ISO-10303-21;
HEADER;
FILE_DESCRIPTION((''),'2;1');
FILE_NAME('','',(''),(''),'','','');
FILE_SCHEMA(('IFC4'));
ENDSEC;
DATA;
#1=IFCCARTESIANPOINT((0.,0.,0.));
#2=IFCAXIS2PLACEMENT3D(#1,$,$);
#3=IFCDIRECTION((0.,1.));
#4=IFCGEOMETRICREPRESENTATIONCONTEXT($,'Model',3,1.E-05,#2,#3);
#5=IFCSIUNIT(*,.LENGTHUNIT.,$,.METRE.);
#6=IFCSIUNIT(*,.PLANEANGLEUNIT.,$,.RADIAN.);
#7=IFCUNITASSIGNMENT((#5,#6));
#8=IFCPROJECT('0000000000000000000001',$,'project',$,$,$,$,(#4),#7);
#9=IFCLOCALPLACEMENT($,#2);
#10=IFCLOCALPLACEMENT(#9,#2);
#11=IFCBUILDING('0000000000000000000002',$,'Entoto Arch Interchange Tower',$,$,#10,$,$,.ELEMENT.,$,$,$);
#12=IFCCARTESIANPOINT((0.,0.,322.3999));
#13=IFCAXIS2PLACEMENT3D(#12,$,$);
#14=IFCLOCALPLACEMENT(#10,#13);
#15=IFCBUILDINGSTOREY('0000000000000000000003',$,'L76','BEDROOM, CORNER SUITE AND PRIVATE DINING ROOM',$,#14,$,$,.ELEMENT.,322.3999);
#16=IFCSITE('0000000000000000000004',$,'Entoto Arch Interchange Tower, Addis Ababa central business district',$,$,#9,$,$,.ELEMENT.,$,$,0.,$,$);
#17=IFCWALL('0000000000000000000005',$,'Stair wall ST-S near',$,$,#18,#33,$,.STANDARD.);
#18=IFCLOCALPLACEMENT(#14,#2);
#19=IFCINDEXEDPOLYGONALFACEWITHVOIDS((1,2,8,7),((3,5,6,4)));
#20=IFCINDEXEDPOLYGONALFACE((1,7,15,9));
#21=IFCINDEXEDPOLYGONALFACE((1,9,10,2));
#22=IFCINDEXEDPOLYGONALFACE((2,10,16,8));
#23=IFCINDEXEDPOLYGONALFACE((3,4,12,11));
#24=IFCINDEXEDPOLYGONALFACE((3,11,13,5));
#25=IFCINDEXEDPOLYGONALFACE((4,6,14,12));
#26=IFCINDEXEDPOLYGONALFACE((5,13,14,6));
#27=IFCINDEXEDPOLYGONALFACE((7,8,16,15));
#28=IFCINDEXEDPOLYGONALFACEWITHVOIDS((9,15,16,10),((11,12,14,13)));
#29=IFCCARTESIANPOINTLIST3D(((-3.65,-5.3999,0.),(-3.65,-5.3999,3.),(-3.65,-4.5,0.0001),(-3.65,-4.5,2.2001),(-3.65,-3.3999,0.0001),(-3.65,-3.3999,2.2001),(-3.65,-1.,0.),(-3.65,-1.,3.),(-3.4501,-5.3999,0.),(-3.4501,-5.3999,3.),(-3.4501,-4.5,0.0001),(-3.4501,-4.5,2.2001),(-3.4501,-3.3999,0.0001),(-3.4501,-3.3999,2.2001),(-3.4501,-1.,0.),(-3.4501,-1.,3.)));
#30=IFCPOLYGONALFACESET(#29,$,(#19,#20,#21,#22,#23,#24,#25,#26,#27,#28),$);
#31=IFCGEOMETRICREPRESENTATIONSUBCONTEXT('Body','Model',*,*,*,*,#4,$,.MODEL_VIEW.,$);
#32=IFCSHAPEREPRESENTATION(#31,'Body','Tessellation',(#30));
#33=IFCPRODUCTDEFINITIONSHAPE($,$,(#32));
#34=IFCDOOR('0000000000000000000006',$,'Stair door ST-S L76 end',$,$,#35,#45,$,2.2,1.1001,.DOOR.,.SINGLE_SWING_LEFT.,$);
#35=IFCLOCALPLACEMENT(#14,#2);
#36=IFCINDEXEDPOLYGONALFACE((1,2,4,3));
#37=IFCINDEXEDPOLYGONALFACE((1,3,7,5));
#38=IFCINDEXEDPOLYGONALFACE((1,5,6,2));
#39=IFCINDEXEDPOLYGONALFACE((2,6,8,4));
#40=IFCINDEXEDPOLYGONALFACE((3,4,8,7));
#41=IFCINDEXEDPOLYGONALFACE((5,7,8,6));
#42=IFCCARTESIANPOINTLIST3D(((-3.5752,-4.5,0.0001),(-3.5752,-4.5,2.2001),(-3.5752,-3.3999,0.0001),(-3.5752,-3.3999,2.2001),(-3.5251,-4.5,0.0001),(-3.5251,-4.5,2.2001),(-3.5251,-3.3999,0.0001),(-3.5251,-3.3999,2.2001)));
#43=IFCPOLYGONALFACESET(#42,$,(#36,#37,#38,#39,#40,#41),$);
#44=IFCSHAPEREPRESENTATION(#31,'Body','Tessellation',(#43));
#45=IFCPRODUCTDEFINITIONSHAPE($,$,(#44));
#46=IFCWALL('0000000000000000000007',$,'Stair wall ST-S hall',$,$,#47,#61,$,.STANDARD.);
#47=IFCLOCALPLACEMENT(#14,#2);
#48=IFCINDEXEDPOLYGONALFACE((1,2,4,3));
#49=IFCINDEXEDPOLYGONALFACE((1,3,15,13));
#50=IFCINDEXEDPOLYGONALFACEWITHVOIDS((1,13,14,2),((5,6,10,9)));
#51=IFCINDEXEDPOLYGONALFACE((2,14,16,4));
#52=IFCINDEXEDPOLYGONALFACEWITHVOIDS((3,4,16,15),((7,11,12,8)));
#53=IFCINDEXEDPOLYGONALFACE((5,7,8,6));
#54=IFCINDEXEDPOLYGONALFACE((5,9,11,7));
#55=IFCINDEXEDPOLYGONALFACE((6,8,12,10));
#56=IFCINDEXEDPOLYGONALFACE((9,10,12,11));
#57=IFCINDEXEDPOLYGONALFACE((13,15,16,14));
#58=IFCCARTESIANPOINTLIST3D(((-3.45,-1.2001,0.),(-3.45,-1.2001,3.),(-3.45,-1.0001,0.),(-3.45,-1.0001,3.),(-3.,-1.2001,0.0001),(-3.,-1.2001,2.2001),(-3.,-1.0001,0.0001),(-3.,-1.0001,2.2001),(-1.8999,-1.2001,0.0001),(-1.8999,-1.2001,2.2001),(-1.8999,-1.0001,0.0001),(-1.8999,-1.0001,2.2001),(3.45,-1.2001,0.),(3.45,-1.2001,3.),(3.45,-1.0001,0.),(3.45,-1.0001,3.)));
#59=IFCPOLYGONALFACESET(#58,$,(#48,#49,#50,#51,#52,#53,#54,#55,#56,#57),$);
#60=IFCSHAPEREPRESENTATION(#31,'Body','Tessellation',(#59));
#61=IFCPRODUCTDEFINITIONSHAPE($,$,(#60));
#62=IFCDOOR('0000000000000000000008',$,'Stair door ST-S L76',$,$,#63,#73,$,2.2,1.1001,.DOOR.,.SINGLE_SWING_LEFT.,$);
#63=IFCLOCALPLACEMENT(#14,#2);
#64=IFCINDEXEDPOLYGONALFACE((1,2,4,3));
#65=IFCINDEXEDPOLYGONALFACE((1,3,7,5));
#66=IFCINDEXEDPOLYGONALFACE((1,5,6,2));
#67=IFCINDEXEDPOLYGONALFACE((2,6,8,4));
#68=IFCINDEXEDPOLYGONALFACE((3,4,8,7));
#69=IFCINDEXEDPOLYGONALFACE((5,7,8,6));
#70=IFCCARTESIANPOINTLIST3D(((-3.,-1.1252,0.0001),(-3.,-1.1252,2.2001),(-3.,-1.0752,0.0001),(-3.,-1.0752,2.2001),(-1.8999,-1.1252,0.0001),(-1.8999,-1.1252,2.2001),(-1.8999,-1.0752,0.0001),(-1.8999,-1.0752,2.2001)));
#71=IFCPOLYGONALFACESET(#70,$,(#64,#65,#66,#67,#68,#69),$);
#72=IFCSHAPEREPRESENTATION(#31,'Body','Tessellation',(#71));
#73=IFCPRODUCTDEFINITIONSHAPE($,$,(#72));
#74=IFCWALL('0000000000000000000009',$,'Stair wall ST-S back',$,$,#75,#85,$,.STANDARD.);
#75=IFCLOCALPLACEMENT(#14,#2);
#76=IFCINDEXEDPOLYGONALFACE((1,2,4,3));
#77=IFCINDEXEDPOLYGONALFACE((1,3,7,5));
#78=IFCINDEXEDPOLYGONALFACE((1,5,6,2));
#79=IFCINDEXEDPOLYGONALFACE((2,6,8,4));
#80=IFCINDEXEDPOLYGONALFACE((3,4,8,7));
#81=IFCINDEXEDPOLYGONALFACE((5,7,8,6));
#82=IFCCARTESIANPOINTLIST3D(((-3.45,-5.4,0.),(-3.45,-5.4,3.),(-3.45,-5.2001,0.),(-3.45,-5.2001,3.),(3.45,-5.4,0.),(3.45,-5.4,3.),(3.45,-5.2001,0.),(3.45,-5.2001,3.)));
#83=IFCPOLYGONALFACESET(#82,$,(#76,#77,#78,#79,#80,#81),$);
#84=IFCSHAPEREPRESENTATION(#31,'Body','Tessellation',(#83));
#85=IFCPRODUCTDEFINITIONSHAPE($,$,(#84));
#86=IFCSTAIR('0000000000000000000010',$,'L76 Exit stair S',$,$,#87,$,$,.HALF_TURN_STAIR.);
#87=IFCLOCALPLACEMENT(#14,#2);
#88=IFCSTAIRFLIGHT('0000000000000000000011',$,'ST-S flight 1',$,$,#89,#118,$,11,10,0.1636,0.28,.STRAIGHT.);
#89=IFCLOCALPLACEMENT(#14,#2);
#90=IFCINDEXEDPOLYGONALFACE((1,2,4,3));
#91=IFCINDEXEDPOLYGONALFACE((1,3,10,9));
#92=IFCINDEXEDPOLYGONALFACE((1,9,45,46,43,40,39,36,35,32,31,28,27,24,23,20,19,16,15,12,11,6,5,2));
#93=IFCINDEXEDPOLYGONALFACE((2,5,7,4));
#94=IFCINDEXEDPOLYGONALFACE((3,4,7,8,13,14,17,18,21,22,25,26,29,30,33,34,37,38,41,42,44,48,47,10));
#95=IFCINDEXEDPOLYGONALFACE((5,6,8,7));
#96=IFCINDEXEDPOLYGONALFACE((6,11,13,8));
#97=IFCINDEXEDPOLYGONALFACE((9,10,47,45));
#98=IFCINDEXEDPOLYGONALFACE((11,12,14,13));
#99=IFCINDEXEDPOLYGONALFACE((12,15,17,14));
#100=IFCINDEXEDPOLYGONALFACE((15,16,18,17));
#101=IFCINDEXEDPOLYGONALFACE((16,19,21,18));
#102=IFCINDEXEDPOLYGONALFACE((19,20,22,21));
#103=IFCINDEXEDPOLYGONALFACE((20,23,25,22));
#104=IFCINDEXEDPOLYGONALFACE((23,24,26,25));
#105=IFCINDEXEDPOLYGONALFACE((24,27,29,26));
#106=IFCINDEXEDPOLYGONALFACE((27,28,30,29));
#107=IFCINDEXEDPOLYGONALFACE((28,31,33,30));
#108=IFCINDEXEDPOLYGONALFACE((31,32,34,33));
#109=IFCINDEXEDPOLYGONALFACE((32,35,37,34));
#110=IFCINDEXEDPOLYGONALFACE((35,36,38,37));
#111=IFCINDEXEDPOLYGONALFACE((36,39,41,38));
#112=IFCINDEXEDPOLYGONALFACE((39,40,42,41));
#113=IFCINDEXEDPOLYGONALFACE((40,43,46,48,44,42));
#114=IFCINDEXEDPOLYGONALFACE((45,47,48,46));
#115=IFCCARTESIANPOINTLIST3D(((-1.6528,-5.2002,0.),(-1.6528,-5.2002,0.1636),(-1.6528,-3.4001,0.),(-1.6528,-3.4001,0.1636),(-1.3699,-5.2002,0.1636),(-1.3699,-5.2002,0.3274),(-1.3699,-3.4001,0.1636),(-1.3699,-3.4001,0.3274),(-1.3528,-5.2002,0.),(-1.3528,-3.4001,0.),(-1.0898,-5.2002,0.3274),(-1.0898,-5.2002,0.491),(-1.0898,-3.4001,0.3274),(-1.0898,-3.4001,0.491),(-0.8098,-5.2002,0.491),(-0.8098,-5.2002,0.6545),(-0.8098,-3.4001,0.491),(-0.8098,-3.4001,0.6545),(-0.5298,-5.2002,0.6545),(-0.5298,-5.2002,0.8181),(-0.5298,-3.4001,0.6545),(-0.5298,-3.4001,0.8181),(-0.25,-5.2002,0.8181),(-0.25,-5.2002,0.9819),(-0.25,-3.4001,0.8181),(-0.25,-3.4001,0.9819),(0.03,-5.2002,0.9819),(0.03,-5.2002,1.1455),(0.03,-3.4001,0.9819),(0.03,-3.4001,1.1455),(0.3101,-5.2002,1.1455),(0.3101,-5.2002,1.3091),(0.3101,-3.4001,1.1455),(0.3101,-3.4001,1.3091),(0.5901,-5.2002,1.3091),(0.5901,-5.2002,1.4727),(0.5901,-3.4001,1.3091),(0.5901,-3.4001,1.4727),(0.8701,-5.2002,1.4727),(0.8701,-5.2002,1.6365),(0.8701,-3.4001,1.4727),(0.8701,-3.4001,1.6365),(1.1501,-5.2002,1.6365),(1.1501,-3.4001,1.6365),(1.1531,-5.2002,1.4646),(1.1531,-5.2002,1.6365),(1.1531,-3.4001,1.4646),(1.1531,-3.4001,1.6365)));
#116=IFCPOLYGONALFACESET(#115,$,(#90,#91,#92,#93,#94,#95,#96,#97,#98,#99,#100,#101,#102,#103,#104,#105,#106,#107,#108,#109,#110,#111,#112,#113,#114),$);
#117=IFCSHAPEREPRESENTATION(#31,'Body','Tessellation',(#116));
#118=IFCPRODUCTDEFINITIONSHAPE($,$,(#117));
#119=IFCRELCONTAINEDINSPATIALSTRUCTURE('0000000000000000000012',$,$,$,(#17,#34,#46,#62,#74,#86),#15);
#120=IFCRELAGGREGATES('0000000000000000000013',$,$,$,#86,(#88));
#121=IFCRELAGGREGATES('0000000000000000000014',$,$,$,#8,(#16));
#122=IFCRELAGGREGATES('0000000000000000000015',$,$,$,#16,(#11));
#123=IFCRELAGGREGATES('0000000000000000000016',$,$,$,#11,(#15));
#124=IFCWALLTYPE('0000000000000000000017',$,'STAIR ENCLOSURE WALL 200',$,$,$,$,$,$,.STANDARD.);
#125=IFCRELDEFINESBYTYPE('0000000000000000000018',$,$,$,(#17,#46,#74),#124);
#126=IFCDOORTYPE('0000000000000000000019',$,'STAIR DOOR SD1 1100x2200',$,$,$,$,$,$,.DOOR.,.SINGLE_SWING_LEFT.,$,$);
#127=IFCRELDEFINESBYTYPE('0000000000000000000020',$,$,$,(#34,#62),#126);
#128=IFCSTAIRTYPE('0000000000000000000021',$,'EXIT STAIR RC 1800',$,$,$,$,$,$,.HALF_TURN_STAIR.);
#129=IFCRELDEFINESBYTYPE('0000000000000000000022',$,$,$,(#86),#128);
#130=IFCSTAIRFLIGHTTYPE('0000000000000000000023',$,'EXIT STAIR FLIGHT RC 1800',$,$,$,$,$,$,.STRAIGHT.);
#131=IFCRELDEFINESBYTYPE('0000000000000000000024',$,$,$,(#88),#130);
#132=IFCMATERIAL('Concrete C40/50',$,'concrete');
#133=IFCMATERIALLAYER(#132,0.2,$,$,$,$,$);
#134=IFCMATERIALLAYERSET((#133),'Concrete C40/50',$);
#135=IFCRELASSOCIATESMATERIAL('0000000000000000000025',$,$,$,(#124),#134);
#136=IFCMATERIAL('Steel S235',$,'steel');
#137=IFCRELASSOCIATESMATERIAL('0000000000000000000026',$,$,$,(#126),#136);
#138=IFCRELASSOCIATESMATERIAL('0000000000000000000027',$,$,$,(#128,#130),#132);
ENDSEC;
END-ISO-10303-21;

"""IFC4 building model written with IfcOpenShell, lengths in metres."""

from ifc_helpers import new_model, si_unit, direction, frame, frame_2d, origin, place, context, subcontext, project, spatial, polyline, rectangle, outline, extrude, material, layer, layer_set, type_object, element, fill, aggregate, save


model = new_model("IFC4")

# Units and contexts
model_context = context("Model", 3, precision=1e-05, world=origin(), true_north=direction((0.0, 1.0)))
body_context = subcontext(model_context, "Body", "Model", "MODEL_VIEW")
ifc_project = project(units=[si_unit("LENGTHUNIT", "METRE"), si_unit("PLANEANGLEUNIT", "RADIAN")], contexts=[model_context])

# Site, building, storey
site_placement = place(None, origin())
site = spatial("IfcSite", under=ifc_project, at=site_placement, Name="Entoto Arch Interchange Tower, Addis Ababa central business district", CompositionType="ELEMENT", RefElevation=0.0)
building_placement = place(site_placement, origin())
building = spatial("IfcBuilding", under=site, at=building_placement, Name="Entoto Arch Interchange Tower", CompositionType="ELEMENT")
storey_placement = place(building_placement, frame((0.0, 0.0, 322.3999)))
storey = spatial("IfcBuildingStorey", under=building, at=storey_placement, Name="L76", Description="BEDROOM, CORNER SUITE AND PRIVATE DINING ROOM", CompositionType="ELEMENT", Elevation=322.3999)

# Shared definitions
ifc_material_1 = material(Name="Concrete C40/50", Category="concrete")

# Walls, openings, doors
ifc_layer_1 = layer(ifc_material_1, 0.2)
ifc_layer_set_1 = layer_set([ifc_layer_1], Name="Concrete C40/50")
wall_type_1 = type_object("IfcWallType", Name="STAIR ENCLOSURE WALL 200", PredefinedType="STANDARD", material=ifc_layer_set_1)
wall_1_placement = place(storey_placement, frame((-3.55, -1.0, 0.0), z_axis=(0.0, 0.0, 1.0), x_axis=(0.0, -1.0, 0.0)))
wall_1 = element("IfcWall", 1, at=wall_1_placement, inside=storey, type_object=wall_type_1, Name="Stair wall ST-S near", PredefinedType="STANDARD", context=body_context, shape_type="SweptSolid", body=[
    extrude(rectangle(XDim=4.3999, YDim=0.2, at=frame_2d((2.2, 0.0))), origin(), (0.0, 0.0, 1.0), 3.0),
])
opening_1_placement = place(wall_1_placement, frame((2.3999, 0.0, 0.0)))
opening_1 = element("IfcOpeningElement", 2, at=opening_1_placement, cuts=wall_1, PredefinedType="OPENING", context=body_context, shape_type="SweptSolid", body=[
    extrude(rectangle(XDim=1.1001, YDim=2.2, at=frame_2d((0.55, 1.1001))), frame((0.0, 0.1099, 0.0), z_axis=(0.0, -1.0, 0.0), x_axis=(1.0, 0.0, 0.0)), (0.0, 0.0, 1.0), 0.22),
])
ifc_material_2 = material(Name="Steel S235", Category="steel")
door_type = type_object("IfcDoorType", Name="STAIR DOOR SD1 1100x2200", OperationType="SINGLE_SWING_LEFT", PredefinedType="DOOR", material=ifc_material_2)
door_1_placement = place(opening_1_placement, origin())
door_1 = element("IfcDoor", 3, at=door_1_placement, inside=storey, type_object=door_type, Name="Stair door ST-S L76 end", OperationType="SINGLE_SWING_LEFT", OverallHeight=2.2, OverallWidth=1.1001, PredefinedType="DOOR", context=body_context, shape_type="SweptSolid", body=[
    extrude(rectangle(XDim=1.1001, YDim=2.2, at=frame_2d((0.55, 1.1001))), frame((0.0, 0.0249, 0.0), z_axis=(0.0, -1.0, 0.0), x_axis=(1.0, 0.0, 0.0)), (0.0, 0.0, 1.0), 0.05),
])
fill(opening_1, door_1)
wall_2_placement = place(storey_placement, frame((-3.45, -1.1001, 0.0), z_axis=(0.0, 0.0, 1.0), x_axis=(1.0, 0.0, 0.0)))
wall_2 = element("IfcWall", 4, at=wall_2_placement, inside=storey, type_object=wall_type_1, Name="Stair wall ST-S hall", PredefinedType="STANDARD", context=body_context, shape_type="SweptSolid", body=[
    extrude(rectangle(XDim=6.8999, YDim=0.2, at=frame_2d((3.45, 0.0))), origin(), (0.0, 0.0, 1.0), 3.0),
])
opening_2_placement = place(wall_2_placement, frame((0.45, 0.0, 0.0)))
opening_2 = element("IfcOpeningElement", 5, at=opening_2_placement, cuts=wall_2, PredefinedType="OPENING", context=body_context, shape_type="SweptSolid", body=[
    extrude(rectangle(XDim=1.1001, YDim=2.2, at=frame_2d((0.55, 1.1001))), frame((0.0, 0.1099, 0.0), z_axis=(0.0, -1.0, 0.0), x_axis=(1.0, 0.0, 0.0)), (0.0, 0.0, 1.0), 0.22),
])
door_2_placement = place(opening_2_placement, origin())
door_2 = element("IfcDoor", 6, at=door_2_placement, inside=storey, type_object=door_type, Name="Stair door ST-S L76", OperationType="SINGLE_SWING_LEFT", OverallHeight=2.2, OverallWidth=1.1001, PredefinedType="DOOR", context=body_context, shape_type="SweptSolid", body=[
    extrude(rectangle(XDim=1.1001, YDim=2.2, at=frame_2d((0.55, 1.1001))), frame((0.0, 0.0249, 0.0), z_axis=(0.0, -1.0, 0.0), x_axis=(1.0, 0.0, 0.0)), (0.0, 0.0, 1.0), 0.05),
])
fill(opening_2, door_2)

# Wall
wall_3_placement = place(storey_placement, frame((-3.45, -5.3, 0.0), z_axis=(0.0, 0.0, 1.0), x_axis=(1.0, 0.0, 0.0)))
element("IfcWall", 7, at=wall_3_placement, inside=storey, type_object=wall_type_1, Name="Stair wall ST-S back", PredefinedType="STANDARD", context=body_context, shape_type="SweptSolid", body=[
    extrude(rectangle(XDim=6.8999, YDim=0.2, at=frame_2d((3.45, 0.0))), origin(), (0.0, 0.0, 1.0), 3.0),
])

# Stair, stair flight
stair_type = type_object("IfcStairType", Name="EXIT STAIR RC 1800", PredefinedType="HALF_TURN_STAIR", material=ifc_material_1)
stair_placement = place(storey_placement, origin())
stair = element("IfcStair", 8, at=stair_placement, inside=storey, type_object=stair_type, Name="L76 Exit stair S", PredefinedType="HALF_TURN_STAIR")
stair_flight_type = type_object("IfcStairFlightType", Name="EXIT STAIR FLIGHT RC 1800", PredefinedType="STRAIGHT", material=ifc_material_1)
stair_flight_placement = place(storey_placement, frame((-1.6499, -4.3, 0.0), z_axis=(0.0, 0.0, 1.0), x_axis=(1.0, 0.0, 0.0)))
stair_flight = element("IfcStairFlight", 9, at=stair_flight_placement, type_object=stair_flight_type, Name="ST-S flight 1", NumberOfRisers=11, NumberOfTreads=10, PredefinedType="STRAIGHT", RiserHeight=0.1636, TreadLength=0.28, context=body_context, shape_type="SweptSolid", body=[
    extrude(outline(polyline([(-0.0029, 0.0), (-0.0029, 0.1636), (0.28, 0.1636), (0.28, 0.3274), (0.5601, 0.3274), (0.5601, 0.491), (0.8401, 0.491), (0.8401, 0.6545), (1.1201, 0.6545), (1.1201, 0.8181), (1.3999, 0.8181), (1.3999, 0.9819), (1.6799, 0.9819), (1.6799, 1.1455), (1.96, 1.1455), (1.96, 1.3091), (2.24, 1.3091), (2.24, 1.4727), (2.52, 1.4727), (2.52, 1.6365), (2.8, 1.6365), (2.803, 1.6365), (2.803, 1.4646), (0.2971, 0.0), (-0.0029, 0.0)])), frame((0.0, 0.8999, 0.0), z_axis=(0.0, -1.0, 0.0), x_axis=(1.0, 0.0, 0.0)), (0.0, 0.0, 1.0), 1.8),
])
aggregate(stair, [stair_flight])

save(model, "model.ifc")
